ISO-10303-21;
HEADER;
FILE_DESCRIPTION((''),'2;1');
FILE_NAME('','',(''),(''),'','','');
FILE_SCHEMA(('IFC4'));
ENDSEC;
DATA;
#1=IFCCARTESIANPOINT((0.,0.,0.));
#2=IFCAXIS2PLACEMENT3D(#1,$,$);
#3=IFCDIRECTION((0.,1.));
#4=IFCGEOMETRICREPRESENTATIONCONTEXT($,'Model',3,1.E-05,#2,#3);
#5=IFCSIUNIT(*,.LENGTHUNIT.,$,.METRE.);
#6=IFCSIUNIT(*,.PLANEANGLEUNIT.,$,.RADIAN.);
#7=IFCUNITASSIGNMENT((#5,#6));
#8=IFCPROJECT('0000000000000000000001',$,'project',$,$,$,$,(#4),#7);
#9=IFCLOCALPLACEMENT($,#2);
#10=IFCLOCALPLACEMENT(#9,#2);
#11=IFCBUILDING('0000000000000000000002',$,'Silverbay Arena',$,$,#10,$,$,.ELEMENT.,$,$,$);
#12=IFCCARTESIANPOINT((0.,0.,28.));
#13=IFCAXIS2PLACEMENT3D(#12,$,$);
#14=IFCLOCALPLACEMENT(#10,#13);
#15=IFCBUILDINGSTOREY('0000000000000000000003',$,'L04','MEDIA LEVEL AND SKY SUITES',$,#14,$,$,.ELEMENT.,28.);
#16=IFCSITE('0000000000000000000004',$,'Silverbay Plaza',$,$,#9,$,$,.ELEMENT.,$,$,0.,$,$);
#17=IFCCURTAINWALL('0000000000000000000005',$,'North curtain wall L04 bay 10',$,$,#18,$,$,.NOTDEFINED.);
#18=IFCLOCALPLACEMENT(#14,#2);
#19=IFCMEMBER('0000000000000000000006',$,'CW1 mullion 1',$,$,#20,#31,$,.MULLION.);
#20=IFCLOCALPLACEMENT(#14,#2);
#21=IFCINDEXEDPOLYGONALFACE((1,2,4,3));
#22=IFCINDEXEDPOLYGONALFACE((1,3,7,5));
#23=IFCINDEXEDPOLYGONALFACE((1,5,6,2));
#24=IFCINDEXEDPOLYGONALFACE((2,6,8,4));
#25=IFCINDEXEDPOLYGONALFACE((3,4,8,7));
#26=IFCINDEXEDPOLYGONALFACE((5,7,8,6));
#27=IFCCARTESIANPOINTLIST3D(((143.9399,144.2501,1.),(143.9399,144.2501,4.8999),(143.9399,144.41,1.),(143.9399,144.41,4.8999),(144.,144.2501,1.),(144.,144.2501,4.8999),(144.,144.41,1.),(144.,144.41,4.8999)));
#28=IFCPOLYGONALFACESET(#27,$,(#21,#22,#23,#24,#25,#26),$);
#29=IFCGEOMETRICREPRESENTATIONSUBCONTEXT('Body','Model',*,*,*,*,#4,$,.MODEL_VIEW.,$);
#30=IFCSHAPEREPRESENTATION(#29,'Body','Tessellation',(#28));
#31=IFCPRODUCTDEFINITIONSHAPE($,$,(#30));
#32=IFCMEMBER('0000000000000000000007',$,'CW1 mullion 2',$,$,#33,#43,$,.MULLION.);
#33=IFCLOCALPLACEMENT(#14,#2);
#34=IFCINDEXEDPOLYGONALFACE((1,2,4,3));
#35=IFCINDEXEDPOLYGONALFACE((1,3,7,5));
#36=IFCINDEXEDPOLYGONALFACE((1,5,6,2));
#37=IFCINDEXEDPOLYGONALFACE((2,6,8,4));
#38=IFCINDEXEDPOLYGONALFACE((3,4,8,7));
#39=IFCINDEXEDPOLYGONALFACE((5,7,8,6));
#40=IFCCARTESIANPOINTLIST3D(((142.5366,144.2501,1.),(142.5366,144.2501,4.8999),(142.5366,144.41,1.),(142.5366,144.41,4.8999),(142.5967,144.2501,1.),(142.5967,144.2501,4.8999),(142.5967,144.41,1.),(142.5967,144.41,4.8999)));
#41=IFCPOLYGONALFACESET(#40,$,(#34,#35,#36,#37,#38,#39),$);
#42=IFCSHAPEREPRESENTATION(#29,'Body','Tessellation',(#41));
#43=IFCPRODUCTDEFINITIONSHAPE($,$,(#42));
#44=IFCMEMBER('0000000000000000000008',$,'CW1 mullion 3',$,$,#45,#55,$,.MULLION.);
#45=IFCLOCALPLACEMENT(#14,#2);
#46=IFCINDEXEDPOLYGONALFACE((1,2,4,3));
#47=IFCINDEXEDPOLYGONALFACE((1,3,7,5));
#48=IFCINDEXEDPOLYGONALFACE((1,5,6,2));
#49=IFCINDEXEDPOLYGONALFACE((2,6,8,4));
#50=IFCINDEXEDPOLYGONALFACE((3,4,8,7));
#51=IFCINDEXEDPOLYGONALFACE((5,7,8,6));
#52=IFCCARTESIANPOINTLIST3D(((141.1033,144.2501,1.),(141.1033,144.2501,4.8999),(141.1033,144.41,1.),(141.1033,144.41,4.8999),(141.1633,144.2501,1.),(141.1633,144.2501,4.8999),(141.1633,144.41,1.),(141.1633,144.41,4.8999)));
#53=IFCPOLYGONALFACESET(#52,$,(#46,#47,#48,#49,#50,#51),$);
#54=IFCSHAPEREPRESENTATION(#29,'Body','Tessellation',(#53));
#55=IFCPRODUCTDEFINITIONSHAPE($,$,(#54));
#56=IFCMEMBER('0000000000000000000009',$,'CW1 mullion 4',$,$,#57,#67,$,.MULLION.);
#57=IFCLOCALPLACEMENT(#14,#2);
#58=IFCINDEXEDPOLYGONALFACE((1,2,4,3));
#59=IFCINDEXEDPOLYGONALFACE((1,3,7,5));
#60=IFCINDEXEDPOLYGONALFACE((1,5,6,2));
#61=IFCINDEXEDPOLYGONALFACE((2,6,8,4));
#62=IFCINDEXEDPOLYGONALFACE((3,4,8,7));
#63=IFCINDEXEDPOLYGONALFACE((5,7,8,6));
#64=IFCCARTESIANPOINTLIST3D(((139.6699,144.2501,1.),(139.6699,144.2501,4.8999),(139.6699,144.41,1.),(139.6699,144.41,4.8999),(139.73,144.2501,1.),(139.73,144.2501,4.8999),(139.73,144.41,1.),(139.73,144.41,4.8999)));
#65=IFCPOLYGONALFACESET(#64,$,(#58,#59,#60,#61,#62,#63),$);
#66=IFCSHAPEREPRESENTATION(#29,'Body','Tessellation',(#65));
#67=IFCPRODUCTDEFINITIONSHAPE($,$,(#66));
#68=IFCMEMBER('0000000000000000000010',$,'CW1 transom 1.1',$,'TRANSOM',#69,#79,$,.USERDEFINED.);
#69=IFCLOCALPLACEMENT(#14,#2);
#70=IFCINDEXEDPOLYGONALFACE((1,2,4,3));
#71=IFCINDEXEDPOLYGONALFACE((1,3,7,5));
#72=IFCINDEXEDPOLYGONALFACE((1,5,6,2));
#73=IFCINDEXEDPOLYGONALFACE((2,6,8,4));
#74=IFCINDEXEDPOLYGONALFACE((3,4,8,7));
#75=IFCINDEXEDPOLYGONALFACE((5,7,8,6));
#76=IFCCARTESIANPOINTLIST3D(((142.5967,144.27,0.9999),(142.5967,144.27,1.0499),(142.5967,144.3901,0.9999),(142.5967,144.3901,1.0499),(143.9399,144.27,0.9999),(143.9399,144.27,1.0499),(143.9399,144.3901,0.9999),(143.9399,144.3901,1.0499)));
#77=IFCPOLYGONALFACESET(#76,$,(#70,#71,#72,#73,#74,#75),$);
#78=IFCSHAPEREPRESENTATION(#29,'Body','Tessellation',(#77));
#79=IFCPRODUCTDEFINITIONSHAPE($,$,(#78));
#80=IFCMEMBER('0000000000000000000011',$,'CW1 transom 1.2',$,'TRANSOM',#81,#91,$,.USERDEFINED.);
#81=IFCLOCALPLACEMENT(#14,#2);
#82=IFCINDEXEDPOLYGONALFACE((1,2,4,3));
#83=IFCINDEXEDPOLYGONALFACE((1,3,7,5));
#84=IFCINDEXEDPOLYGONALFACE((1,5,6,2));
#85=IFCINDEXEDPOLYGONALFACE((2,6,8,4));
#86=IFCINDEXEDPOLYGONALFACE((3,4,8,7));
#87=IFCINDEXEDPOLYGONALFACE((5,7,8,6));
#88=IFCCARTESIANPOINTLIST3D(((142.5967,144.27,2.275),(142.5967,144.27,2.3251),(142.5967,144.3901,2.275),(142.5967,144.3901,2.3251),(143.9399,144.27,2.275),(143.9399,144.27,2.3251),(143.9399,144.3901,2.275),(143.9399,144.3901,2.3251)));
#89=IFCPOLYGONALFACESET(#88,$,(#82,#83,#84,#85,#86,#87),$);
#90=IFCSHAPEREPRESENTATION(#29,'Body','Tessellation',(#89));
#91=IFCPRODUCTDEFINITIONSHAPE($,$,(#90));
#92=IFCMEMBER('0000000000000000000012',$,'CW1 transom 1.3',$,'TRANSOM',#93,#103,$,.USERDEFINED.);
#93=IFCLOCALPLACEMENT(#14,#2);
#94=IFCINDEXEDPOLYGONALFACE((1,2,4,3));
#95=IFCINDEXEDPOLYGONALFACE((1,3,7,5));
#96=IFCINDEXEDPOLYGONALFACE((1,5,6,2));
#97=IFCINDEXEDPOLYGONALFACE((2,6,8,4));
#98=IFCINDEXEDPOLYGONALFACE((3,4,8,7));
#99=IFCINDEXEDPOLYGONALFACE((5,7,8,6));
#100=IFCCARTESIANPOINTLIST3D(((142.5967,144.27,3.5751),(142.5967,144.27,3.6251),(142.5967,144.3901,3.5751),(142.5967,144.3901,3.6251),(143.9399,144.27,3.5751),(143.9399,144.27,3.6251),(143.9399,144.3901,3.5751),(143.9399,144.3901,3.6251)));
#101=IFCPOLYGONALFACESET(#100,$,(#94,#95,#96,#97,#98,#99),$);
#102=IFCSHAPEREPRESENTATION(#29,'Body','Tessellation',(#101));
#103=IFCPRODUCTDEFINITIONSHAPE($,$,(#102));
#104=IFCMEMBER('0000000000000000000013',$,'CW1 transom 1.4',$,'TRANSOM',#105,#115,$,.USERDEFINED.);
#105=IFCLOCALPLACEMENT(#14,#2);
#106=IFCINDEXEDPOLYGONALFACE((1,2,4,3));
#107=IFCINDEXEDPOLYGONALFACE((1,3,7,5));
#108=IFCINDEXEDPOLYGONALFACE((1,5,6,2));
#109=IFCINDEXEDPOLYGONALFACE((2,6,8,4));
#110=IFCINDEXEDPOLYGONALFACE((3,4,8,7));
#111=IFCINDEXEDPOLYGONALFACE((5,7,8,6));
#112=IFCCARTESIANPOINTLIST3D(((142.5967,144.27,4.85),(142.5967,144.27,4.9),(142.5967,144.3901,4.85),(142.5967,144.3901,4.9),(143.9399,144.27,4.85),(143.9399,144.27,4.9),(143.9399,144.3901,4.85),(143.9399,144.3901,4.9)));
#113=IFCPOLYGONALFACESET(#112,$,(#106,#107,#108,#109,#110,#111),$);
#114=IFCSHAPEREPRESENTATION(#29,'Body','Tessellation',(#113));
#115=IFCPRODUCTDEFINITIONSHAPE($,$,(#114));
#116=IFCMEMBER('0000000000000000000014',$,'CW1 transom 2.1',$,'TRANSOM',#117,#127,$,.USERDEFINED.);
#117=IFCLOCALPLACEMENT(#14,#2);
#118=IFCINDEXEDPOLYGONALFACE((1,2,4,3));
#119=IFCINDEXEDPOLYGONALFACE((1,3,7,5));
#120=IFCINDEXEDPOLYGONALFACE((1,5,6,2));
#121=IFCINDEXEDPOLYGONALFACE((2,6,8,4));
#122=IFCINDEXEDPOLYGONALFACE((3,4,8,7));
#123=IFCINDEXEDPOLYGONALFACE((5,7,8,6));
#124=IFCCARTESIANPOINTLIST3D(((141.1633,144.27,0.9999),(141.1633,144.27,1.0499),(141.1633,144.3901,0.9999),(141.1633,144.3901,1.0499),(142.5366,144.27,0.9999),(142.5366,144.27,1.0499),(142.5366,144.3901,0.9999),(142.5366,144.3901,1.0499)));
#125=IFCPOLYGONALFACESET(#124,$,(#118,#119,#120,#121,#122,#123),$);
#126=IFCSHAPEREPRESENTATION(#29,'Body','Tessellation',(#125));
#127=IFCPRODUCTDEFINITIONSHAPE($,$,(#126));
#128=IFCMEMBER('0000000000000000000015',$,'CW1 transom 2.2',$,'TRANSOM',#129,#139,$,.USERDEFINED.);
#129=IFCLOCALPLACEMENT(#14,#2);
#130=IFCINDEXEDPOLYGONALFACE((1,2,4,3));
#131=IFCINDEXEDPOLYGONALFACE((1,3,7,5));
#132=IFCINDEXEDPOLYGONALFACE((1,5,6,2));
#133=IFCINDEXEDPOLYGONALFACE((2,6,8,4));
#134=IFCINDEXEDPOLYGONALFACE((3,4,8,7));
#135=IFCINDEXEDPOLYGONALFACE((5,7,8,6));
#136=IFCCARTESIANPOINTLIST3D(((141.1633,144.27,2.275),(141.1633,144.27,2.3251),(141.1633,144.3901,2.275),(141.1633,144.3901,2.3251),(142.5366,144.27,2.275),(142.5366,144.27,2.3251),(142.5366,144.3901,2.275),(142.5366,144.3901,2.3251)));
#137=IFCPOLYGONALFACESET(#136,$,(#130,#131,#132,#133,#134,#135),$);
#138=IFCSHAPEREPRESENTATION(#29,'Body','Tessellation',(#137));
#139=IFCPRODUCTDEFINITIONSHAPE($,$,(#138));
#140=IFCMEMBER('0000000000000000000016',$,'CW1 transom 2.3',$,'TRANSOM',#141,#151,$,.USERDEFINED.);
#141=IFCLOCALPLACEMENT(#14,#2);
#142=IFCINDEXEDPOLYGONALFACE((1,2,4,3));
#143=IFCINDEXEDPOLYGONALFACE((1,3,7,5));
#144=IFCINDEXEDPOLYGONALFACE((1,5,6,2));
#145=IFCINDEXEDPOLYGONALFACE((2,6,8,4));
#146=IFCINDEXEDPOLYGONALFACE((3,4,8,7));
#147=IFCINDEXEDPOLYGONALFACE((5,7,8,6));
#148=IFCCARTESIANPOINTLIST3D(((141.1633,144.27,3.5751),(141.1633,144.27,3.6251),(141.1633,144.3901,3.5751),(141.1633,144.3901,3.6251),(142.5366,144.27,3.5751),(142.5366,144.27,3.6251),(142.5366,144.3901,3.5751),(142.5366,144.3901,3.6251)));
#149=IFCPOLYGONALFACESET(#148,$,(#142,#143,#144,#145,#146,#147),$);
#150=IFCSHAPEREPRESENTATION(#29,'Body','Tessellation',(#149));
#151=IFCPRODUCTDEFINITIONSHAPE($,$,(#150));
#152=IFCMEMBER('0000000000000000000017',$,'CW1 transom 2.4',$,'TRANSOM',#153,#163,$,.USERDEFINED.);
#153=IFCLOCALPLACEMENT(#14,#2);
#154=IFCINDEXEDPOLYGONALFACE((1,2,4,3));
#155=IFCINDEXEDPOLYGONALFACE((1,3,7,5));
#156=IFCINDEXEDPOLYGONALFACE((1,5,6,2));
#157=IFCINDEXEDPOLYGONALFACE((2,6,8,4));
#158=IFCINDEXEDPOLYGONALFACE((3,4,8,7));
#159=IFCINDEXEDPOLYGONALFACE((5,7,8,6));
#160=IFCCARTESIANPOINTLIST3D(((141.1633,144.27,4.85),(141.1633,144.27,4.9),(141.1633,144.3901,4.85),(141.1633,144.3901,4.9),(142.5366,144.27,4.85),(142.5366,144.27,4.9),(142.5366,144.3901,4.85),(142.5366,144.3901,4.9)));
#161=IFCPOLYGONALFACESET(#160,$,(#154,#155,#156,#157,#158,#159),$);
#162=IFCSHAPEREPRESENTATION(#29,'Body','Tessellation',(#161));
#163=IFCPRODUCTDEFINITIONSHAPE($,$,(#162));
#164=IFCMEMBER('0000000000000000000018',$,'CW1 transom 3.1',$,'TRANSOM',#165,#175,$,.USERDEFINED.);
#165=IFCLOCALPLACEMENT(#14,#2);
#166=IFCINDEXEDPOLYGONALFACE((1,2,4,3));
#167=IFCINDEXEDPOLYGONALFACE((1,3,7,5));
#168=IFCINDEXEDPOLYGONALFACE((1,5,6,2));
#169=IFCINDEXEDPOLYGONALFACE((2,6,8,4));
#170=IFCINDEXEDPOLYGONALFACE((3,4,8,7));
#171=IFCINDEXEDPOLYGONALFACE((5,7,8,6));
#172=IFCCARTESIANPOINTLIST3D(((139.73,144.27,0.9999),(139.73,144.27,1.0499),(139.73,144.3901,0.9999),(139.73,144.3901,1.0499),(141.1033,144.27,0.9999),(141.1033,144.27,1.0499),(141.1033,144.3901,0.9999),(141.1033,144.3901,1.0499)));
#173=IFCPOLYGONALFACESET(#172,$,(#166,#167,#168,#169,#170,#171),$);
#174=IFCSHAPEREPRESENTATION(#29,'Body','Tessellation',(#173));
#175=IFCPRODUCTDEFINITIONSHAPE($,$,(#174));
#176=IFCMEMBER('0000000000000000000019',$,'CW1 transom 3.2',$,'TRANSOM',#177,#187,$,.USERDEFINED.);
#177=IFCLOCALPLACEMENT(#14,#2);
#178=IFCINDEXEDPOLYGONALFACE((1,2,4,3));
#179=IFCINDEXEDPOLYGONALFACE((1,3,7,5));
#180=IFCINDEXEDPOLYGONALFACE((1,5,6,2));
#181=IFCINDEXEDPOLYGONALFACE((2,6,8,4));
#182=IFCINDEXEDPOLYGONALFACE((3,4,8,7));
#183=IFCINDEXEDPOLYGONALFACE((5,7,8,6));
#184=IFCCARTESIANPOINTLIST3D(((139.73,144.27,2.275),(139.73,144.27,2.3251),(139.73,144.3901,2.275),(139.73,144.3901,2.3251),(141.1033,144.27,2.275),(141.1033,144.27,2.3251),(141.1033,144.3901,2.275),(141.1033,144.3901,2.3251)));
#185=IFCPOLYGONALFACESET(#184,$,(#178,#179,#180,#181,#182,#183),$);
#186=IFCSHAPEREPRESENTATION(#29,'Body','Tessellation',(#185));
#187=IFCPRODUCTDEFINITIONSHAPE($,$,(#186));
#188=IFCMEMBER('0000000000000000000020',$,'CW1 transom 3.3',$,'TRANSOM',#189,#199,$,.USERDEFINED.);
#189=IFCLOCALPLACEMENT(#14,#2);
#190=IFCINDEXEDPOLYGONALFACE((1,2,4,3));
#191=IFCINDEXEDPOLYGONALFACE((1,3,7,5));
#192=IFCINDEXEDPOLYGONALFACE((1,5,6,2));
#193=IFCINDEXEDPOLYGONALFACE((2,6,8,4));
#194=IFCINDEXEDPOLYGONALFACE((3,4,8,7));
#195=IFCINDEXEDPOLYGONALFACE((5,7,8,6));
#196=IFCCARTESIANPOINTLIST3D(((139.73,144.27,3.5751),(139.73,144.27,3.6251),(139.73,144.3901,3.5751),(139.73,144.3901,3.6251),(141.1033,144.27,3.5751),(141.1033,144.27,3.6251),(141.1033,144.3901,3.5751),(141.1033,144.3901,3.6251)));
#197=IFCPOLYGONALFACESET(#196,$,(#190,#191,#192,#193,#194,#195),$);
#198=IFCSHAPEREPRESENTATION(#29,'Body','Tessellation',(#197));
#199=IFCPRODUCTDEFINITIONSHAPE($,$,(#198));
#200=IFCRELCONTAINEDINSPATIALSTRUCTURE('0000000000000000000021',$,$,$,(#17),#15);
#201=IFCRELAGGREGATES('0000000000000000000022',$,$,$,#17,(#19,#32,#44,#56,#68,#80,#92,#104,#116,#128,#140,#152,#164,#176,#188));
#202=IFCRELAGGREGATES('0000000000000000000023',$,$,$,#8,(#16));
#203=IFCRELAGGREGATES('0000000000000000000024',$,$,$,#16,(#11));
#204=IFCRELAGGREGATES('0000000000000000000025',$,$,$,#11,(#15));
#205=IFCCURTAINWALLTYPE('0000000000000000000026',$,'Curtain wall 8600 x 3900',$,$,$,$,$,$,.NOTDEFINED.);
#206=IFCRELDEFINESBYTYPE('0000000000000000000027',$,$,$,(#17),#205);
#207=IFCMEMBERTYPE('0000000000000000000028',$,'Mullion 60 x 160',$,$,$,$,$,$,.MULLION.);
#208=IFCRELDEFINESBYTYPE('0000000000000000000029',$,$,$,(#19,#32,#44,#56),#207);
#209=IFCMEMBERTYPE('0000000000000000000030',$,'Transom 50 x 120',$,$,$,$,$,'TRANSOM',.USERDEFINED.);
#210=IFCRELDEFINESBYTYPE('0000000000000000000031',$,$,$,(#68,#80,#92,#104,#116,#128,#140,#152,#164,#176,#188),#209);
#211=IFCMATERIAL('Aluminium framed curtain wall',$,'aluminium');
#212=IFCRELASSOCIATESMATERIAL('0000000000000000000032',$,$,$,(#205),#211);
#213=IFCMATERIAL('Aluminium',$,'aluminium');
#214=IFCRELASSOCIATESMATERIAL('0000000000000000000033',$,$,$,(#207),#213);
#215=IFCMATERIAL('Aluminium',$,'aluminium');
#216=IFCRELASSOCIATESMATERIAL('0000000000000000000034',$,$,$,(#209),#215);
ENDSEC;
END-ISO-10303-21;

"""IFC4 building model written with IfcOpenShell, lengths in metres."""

from ifc_helpers import new_model, si_unit, direction, frame, origin, origin_2d, place, context, subcontext, project, spatial, rectangle, extrude, material, material_profile, profile_set, type_object, element, aggregate, save


model = new_model("IFC4")

# Units and contexts
model_context = context("Model", 3, precision=1e-05, world=origin(), true_north=direction((0.0, 1.0)))
body_context = subcontext(model_context, "Body", "Model", "MODEL_VIEW")
ifc_project = project(units=[si_unit("LENGTHUNIT", "METRE"), si_unit("PLANEANGLEUNIT", "RADIAN")], contexts=[model_context])

# Site, building, storey
site_placement = place(None, origin())
site = spatial("IfcSite", under=ifc_project, at=site_placement, Name="Silverbay Plaza", CompositionType="ELEMENT", RefElevation=0.0)
building_placement = place(site_placement, origin())
building = spatial("IfcBuilding", under=site, at=building_placement, Name="Silverbay Arena", CompositionType="ELEMENT")
storey_placement = place(building_placement, frame((0.0, 0.0, 28.0)))
storey = spatial("IfcBuildingStorey", under=building, at=storey_placement, Name="L04", Description="MEDIA LEVEL AND SKY SUITES", CompositionType="ELEMENT", Elevation=28.0)

# Curtain wall, members
ifc_material_1 = material(Name="Aluminium framed curtain wall", Category="aluminium")
curtain_wall_type = type_object("IfcCurtainWallType", Name="Curtain wall 8600 x 3900", PredefinedType="NOTDEFINED", material=ifc_material_1)
curtain_wall_placement = place(storey_placement, origin())
curtain_wall = element("IfcCurtainWall", 1, at=curtain_wall_placement, inside=storey, type_object=curtain_wall_type, Name="North curtain wall L04 bay 10", PredefinedType="NOTDEFINED")
ifc_material_2 = material(Name="Aluminium", Category="aluminium")
ifc_material_profile_1 = material_profile(ifc_material_2, rectangle(XDim=0.1599, YDim=0.0601, at=origin_2d()), Name="Mullion 60 x 160")
ifc_profile_set_1 = profile_set([ifc_material_profile_1], Name="Aluminium")
member_type_1 = type_object("IfcMemberType", Name="Mullion 60 x 160", PredefinedType="MULLION", material=ifc_profile_set_1)
member_1_placement = place(storey_placement, frame((143.97, 144.3301, 1.0), z_axis=(0.0, 0.0, 1.0), x_axis=(0.0, -1.0, 0.0)))
member_1 = element("IfcMember", 2, at=member_1_placement, type_object=member_type_1, Name="CW1 mullion 1", PredefinedType="MULLION", context=body_context, shape_type="SweptSolid", body=[
    extrude(rectangle(XDim=0.1599, YDim=0.0601, at=origin_2d()), origin(), (0.0, 0.0, 1.0), 3.8999),
])
member_2_placement = place(storey_placement, frame((142.5667, 144.3301, 1.0), z_axis=(0.0, 0.0, 1.0), x_axis=(0.0, -1.0, 0.0)))
member_2 = element("IfcMember", 3, at=member_2_placement, type_object=member_type_1, Name="CW1 mullion 2", PredefinedType="MULLION", context=body_context, shape_type="SweptSolid", body=[
    extrude(rectangle(XDim=0.1599, YDim=0.0601, at=origin_2d()), origin(), (0.0, 0.0, 1.0), 3.8999),
])
member_3_placement = place(storey_placement, frame((141.1333, 144.3301, 1.0), z_axis=(0.0, 0.0, 1.0), x_axis=(0.0, -1.0, 0.0)))
member_3 = element("IfcMember", 4, at=member_3_placement, type_object=member_type_1, Name="CW1 mullion 3", PredefinedType="MULLION", context=body_context, shape_type="SweptSolid", body=[
    extrude(rectangle(XDim=0.1599, YDim=0.0601, at=origin_2d()), origin(), (0.0, 0.0, 1.0), 3.8999),
])
member_4_placement = place(storey_placement, frame((139.7, 144.3301, 1.0), z_axis=(0.0, 0.0, 1.0), x_axis=(0.0, -1.0, 0.0)))
member_4 = element("IfcMember", 5, at=member_4_placement, type_object=member_type_1, Name="CW1 mullion 4", PredefinedType="MULLION", context=body_context, shape_type="SweptSolid", body=[
    extrude(rectangle(XDim=0.1599, YDim=0.0601, at=origin_2d()), origin(), (0.0, 0.0, 1.0), 3.8999),
])
ifc_material_3 = material(Name="Aluminium", Category="aluminium")
ifc_material_profile_2 = material_profile(ifc_material_3, rectangle(XDim=0.1201, YDim=0.05, at=origin_2d()), Name="Transom 50 x 120")
ifc_profile_set_2 = profile_set([ifc_material_profile_2], Name="Aluminium")
member_type_2 = type_object("IfcMemberType", Name="Transom 50 x 120", ElementType="TRANSOM", PredefinedType="USERDEFINED", material=ifc_profile_set_2)
member_5_placement = place(storey_placement, frame((143.9399, 144.3301, 1.0249), z_axis=(-1.0, 0.0, 0.0), x_axis=(0.0, -1.0, 0.0)))
member_5 = element("IfcMember", 6, at=member_5_placement, type_object=member_type_2, Name="CW1 transom 1.1", ObjectType="TRANSOM", PredefinedType="USERDEFINED", context=body_context, shape_type="SweptSolid", body=[
    extrude(rectangle(XDim=0.1201, YDim=0.05, at=origin_2d()), origin(), (0.0, 0.0, 1.0), 1.3433),
])
member_6_placement = place(storey_placement, frame((143.9399, 144.3301, 2.3), z_axis=(-1.0, 0.0, 0.0), x_axis=(0.0, -1.0, 0.0)))
member_6 = element("IfcMember", 7, at=member_6_placement, type_object=member_type_2, Name="CW1 transom 1.2", ObjectType="TRANSOM", PredefinedType="USERDEFINED", context=body_context, shape_type="SweptSolid", body=[
    extrude(rectangle(XDim=0.1201, YDim=0.05, at=origin_2d()), origin(), (0.0, 0.0, 1.0), 1.3433),
])
member_7_placement = place(storey_placement, frame((143.9399, 144.3301, 3.6001), z_axis=(-1.0, 0.0, 0.0), x_axis=(0.0, -1.0, 0.0)))
member_7 = element("IfcMember", 8, at=member_7_placement, type_object=member_type_2, Name="CW1 transom 1.3", ObjectType="TRANSOM", PredefinedType="USERDEFINED", context=body_context, shape_type="SweptSolid", body=[
    extrude(rectangle(XDim=0.1201, YDim=0.05, at=origin_2d()), origin(), (0.0, 0.0, 1.0), 1.3433),
])
member_8_placement = place(storey_placement, frame((143.9399, 144.3301, 4.875), z_axis=(-1.0, 0.0, 0.0), x_axis=(0.0, -1.0, 0.0)))
member_8 = element("IfcMember", 9, at=member_8_placement, type_object=member_type_2, Name="CW1 transom 1.4", ObjectType="TRANSOM", PredefinedType="USERDEFINED", context=body_context, shape_type="SweptSolid", body=[
    extrude(rectangle(XDim=0.1201, YDim=0.05, at=origin_2d()), origin(), (0.0, 0.0, 1.0), 1.3433),
])
member_9_placement = place(storey_placement, frame((142.5366, 144.3301, 1.0249), z_axis=(-1.0, 0.0, 0.0), x_axis=(0.0, -1.0, 0.0)))
member_9 = element("IfcMember", 10, at=member_9_placement, type_object=member_type_2, Name="CW1 transom 2.1", ObjectType="TRANSOM", PredefinedType="USERDEFINED", context=body_context, shape_type="SweptSolid", body=[
    extrude(rectangle(XDim=0.1201, YDim=0.05, at=origin_2d()), origin(), (0.0, 0.0, 1.0), 1.3733),
])
member_10_placement = place(storey_placement, frame((142.5366, 144.3301, 2.3), z_axis=(-1.0, 0.0, 0.0), x_axis=(0.0, -1.0, 0.0)))
member_10 = element("IfcMember", 11, at=member_10_placement, type_object=member_type_2, Name="CW1 transom 2.2", ObjectType="TRANSOM", PredefinedType="USERDEFINED", context=body_context, shape_type="SweptSolid", body=[
    extrude(rectangle(XDim=0.1201, YDim=0.05, at=origin_2d()), origin(), (0.0, 0.0, 1.0), 1.3733),
])
member_11_placement = place(storey_placement, frame((142.5366, 144.3301, 3.6001), z_axis=(-1.0, 0.0, 0.0), x_axis=(0.0, -1.0, 0.0)))
member_11 = element("IfcMember", 12, at=member_11_placement, type_object=member_type_2, Name="CW1 transom 2.3", ObjectType="TRANSOM", PredefinedType="USERDEFINED", context=body_context, shape_type="SweptSolid", body=[
    extrude(rectangle(XDim=0.1201, YDim=0.05, at=origin_2d()), origin(), (0.0, 0.0, 1.0), 1.3733),
])
member_12_placement = place(storey_placement, frame((142.5366, 144.3301, 4.875), z_axis=(-1.0, 0.0, 0.0), x_axis=(0.0, -1.0, 0.0)))
member_12 = element("IfcMember", 13, at=member_12_placement, type_object=member_type_2, Name="CW1 transom 2.4", ObjectType="TRANSOM", PredefinedType="USERDEFINED", context=body_context, shape_type="SweptSolid", body=[
    extrude(rectangle(XDim=0.1201, YDim=0.05, at=origin_2d()), origin(), (0.0, 0.0, 1.0), 1.3733),
])
member_13_placement = place(storey_placement, frame((141.1033, 144.3301, 1.0249), z_axis=(-1.0, 0.0, 0.0), x_axis=(0.0, -1.0, 0.0)))
member_13 = element("IfcMember", 14, at=member_13_placement, type_object=member_type_2, Name="CW1 transom 3.1", ObjectType="TRANSOM", PredefinedType="USERDEFINED", context=body_context, shape_type="SweptSolid", body=[
    extrude(rectangle(XDim=0.1201, YDim=0.05, at=origin_2d()), origin(), (0.0, 0.0, 1.0), 1.3733),
])
member_14_placement = place(storey_placement, frame((141.1033, 144.3301, 2.3), z_axis=(-1.0, 0.0, 0.0), x_axis=(0.0, -1.0, 0.0)))
member_14 = element("IfcMember", 15, at=member_14_placement, type_object=member_type_2, Name="CW1 transom 3.2", ObjectType="TRANSOM", PredefinedType="USERDEFINED", context=body_context, shape_type="SweptSolid", body=[
    extrude(rectangle(XDim=0.1201, YDim=0.05, at=origin_2d()), origin(), (0.0, 0.0, 1.0), 1.3733),
])
member_15_placement = place(storey_placement, frame((141.1033, 144.3301, 3.6001), z_axis=(-1.0, 0.0, 0.0), x_axis=(0.0, -1.0, 0.0)))
member_15 = element("IfcMember", 16, at=member_15_placement, type_object=member_type_2, Name="CW1 transom 3.3", ObjectType="TRANSOM", PredefinedType="USERDEFINED", context=body_context, shape_type="SweptSolid", body=[
    extrude(rectangle(XDim=0.1201, YDim=0.05, at=origin_2d()), origin(), (0.0, 0.0, 1.0), 1.3733),
])
aggregate(curtain_wall, [member_1, member_2, member_3, member_4, member_5, member_6, member_7, member_8, member_9, member_10, member_11, member_12, member_13, member_14, member_15])

save(model, "model.ifc")
